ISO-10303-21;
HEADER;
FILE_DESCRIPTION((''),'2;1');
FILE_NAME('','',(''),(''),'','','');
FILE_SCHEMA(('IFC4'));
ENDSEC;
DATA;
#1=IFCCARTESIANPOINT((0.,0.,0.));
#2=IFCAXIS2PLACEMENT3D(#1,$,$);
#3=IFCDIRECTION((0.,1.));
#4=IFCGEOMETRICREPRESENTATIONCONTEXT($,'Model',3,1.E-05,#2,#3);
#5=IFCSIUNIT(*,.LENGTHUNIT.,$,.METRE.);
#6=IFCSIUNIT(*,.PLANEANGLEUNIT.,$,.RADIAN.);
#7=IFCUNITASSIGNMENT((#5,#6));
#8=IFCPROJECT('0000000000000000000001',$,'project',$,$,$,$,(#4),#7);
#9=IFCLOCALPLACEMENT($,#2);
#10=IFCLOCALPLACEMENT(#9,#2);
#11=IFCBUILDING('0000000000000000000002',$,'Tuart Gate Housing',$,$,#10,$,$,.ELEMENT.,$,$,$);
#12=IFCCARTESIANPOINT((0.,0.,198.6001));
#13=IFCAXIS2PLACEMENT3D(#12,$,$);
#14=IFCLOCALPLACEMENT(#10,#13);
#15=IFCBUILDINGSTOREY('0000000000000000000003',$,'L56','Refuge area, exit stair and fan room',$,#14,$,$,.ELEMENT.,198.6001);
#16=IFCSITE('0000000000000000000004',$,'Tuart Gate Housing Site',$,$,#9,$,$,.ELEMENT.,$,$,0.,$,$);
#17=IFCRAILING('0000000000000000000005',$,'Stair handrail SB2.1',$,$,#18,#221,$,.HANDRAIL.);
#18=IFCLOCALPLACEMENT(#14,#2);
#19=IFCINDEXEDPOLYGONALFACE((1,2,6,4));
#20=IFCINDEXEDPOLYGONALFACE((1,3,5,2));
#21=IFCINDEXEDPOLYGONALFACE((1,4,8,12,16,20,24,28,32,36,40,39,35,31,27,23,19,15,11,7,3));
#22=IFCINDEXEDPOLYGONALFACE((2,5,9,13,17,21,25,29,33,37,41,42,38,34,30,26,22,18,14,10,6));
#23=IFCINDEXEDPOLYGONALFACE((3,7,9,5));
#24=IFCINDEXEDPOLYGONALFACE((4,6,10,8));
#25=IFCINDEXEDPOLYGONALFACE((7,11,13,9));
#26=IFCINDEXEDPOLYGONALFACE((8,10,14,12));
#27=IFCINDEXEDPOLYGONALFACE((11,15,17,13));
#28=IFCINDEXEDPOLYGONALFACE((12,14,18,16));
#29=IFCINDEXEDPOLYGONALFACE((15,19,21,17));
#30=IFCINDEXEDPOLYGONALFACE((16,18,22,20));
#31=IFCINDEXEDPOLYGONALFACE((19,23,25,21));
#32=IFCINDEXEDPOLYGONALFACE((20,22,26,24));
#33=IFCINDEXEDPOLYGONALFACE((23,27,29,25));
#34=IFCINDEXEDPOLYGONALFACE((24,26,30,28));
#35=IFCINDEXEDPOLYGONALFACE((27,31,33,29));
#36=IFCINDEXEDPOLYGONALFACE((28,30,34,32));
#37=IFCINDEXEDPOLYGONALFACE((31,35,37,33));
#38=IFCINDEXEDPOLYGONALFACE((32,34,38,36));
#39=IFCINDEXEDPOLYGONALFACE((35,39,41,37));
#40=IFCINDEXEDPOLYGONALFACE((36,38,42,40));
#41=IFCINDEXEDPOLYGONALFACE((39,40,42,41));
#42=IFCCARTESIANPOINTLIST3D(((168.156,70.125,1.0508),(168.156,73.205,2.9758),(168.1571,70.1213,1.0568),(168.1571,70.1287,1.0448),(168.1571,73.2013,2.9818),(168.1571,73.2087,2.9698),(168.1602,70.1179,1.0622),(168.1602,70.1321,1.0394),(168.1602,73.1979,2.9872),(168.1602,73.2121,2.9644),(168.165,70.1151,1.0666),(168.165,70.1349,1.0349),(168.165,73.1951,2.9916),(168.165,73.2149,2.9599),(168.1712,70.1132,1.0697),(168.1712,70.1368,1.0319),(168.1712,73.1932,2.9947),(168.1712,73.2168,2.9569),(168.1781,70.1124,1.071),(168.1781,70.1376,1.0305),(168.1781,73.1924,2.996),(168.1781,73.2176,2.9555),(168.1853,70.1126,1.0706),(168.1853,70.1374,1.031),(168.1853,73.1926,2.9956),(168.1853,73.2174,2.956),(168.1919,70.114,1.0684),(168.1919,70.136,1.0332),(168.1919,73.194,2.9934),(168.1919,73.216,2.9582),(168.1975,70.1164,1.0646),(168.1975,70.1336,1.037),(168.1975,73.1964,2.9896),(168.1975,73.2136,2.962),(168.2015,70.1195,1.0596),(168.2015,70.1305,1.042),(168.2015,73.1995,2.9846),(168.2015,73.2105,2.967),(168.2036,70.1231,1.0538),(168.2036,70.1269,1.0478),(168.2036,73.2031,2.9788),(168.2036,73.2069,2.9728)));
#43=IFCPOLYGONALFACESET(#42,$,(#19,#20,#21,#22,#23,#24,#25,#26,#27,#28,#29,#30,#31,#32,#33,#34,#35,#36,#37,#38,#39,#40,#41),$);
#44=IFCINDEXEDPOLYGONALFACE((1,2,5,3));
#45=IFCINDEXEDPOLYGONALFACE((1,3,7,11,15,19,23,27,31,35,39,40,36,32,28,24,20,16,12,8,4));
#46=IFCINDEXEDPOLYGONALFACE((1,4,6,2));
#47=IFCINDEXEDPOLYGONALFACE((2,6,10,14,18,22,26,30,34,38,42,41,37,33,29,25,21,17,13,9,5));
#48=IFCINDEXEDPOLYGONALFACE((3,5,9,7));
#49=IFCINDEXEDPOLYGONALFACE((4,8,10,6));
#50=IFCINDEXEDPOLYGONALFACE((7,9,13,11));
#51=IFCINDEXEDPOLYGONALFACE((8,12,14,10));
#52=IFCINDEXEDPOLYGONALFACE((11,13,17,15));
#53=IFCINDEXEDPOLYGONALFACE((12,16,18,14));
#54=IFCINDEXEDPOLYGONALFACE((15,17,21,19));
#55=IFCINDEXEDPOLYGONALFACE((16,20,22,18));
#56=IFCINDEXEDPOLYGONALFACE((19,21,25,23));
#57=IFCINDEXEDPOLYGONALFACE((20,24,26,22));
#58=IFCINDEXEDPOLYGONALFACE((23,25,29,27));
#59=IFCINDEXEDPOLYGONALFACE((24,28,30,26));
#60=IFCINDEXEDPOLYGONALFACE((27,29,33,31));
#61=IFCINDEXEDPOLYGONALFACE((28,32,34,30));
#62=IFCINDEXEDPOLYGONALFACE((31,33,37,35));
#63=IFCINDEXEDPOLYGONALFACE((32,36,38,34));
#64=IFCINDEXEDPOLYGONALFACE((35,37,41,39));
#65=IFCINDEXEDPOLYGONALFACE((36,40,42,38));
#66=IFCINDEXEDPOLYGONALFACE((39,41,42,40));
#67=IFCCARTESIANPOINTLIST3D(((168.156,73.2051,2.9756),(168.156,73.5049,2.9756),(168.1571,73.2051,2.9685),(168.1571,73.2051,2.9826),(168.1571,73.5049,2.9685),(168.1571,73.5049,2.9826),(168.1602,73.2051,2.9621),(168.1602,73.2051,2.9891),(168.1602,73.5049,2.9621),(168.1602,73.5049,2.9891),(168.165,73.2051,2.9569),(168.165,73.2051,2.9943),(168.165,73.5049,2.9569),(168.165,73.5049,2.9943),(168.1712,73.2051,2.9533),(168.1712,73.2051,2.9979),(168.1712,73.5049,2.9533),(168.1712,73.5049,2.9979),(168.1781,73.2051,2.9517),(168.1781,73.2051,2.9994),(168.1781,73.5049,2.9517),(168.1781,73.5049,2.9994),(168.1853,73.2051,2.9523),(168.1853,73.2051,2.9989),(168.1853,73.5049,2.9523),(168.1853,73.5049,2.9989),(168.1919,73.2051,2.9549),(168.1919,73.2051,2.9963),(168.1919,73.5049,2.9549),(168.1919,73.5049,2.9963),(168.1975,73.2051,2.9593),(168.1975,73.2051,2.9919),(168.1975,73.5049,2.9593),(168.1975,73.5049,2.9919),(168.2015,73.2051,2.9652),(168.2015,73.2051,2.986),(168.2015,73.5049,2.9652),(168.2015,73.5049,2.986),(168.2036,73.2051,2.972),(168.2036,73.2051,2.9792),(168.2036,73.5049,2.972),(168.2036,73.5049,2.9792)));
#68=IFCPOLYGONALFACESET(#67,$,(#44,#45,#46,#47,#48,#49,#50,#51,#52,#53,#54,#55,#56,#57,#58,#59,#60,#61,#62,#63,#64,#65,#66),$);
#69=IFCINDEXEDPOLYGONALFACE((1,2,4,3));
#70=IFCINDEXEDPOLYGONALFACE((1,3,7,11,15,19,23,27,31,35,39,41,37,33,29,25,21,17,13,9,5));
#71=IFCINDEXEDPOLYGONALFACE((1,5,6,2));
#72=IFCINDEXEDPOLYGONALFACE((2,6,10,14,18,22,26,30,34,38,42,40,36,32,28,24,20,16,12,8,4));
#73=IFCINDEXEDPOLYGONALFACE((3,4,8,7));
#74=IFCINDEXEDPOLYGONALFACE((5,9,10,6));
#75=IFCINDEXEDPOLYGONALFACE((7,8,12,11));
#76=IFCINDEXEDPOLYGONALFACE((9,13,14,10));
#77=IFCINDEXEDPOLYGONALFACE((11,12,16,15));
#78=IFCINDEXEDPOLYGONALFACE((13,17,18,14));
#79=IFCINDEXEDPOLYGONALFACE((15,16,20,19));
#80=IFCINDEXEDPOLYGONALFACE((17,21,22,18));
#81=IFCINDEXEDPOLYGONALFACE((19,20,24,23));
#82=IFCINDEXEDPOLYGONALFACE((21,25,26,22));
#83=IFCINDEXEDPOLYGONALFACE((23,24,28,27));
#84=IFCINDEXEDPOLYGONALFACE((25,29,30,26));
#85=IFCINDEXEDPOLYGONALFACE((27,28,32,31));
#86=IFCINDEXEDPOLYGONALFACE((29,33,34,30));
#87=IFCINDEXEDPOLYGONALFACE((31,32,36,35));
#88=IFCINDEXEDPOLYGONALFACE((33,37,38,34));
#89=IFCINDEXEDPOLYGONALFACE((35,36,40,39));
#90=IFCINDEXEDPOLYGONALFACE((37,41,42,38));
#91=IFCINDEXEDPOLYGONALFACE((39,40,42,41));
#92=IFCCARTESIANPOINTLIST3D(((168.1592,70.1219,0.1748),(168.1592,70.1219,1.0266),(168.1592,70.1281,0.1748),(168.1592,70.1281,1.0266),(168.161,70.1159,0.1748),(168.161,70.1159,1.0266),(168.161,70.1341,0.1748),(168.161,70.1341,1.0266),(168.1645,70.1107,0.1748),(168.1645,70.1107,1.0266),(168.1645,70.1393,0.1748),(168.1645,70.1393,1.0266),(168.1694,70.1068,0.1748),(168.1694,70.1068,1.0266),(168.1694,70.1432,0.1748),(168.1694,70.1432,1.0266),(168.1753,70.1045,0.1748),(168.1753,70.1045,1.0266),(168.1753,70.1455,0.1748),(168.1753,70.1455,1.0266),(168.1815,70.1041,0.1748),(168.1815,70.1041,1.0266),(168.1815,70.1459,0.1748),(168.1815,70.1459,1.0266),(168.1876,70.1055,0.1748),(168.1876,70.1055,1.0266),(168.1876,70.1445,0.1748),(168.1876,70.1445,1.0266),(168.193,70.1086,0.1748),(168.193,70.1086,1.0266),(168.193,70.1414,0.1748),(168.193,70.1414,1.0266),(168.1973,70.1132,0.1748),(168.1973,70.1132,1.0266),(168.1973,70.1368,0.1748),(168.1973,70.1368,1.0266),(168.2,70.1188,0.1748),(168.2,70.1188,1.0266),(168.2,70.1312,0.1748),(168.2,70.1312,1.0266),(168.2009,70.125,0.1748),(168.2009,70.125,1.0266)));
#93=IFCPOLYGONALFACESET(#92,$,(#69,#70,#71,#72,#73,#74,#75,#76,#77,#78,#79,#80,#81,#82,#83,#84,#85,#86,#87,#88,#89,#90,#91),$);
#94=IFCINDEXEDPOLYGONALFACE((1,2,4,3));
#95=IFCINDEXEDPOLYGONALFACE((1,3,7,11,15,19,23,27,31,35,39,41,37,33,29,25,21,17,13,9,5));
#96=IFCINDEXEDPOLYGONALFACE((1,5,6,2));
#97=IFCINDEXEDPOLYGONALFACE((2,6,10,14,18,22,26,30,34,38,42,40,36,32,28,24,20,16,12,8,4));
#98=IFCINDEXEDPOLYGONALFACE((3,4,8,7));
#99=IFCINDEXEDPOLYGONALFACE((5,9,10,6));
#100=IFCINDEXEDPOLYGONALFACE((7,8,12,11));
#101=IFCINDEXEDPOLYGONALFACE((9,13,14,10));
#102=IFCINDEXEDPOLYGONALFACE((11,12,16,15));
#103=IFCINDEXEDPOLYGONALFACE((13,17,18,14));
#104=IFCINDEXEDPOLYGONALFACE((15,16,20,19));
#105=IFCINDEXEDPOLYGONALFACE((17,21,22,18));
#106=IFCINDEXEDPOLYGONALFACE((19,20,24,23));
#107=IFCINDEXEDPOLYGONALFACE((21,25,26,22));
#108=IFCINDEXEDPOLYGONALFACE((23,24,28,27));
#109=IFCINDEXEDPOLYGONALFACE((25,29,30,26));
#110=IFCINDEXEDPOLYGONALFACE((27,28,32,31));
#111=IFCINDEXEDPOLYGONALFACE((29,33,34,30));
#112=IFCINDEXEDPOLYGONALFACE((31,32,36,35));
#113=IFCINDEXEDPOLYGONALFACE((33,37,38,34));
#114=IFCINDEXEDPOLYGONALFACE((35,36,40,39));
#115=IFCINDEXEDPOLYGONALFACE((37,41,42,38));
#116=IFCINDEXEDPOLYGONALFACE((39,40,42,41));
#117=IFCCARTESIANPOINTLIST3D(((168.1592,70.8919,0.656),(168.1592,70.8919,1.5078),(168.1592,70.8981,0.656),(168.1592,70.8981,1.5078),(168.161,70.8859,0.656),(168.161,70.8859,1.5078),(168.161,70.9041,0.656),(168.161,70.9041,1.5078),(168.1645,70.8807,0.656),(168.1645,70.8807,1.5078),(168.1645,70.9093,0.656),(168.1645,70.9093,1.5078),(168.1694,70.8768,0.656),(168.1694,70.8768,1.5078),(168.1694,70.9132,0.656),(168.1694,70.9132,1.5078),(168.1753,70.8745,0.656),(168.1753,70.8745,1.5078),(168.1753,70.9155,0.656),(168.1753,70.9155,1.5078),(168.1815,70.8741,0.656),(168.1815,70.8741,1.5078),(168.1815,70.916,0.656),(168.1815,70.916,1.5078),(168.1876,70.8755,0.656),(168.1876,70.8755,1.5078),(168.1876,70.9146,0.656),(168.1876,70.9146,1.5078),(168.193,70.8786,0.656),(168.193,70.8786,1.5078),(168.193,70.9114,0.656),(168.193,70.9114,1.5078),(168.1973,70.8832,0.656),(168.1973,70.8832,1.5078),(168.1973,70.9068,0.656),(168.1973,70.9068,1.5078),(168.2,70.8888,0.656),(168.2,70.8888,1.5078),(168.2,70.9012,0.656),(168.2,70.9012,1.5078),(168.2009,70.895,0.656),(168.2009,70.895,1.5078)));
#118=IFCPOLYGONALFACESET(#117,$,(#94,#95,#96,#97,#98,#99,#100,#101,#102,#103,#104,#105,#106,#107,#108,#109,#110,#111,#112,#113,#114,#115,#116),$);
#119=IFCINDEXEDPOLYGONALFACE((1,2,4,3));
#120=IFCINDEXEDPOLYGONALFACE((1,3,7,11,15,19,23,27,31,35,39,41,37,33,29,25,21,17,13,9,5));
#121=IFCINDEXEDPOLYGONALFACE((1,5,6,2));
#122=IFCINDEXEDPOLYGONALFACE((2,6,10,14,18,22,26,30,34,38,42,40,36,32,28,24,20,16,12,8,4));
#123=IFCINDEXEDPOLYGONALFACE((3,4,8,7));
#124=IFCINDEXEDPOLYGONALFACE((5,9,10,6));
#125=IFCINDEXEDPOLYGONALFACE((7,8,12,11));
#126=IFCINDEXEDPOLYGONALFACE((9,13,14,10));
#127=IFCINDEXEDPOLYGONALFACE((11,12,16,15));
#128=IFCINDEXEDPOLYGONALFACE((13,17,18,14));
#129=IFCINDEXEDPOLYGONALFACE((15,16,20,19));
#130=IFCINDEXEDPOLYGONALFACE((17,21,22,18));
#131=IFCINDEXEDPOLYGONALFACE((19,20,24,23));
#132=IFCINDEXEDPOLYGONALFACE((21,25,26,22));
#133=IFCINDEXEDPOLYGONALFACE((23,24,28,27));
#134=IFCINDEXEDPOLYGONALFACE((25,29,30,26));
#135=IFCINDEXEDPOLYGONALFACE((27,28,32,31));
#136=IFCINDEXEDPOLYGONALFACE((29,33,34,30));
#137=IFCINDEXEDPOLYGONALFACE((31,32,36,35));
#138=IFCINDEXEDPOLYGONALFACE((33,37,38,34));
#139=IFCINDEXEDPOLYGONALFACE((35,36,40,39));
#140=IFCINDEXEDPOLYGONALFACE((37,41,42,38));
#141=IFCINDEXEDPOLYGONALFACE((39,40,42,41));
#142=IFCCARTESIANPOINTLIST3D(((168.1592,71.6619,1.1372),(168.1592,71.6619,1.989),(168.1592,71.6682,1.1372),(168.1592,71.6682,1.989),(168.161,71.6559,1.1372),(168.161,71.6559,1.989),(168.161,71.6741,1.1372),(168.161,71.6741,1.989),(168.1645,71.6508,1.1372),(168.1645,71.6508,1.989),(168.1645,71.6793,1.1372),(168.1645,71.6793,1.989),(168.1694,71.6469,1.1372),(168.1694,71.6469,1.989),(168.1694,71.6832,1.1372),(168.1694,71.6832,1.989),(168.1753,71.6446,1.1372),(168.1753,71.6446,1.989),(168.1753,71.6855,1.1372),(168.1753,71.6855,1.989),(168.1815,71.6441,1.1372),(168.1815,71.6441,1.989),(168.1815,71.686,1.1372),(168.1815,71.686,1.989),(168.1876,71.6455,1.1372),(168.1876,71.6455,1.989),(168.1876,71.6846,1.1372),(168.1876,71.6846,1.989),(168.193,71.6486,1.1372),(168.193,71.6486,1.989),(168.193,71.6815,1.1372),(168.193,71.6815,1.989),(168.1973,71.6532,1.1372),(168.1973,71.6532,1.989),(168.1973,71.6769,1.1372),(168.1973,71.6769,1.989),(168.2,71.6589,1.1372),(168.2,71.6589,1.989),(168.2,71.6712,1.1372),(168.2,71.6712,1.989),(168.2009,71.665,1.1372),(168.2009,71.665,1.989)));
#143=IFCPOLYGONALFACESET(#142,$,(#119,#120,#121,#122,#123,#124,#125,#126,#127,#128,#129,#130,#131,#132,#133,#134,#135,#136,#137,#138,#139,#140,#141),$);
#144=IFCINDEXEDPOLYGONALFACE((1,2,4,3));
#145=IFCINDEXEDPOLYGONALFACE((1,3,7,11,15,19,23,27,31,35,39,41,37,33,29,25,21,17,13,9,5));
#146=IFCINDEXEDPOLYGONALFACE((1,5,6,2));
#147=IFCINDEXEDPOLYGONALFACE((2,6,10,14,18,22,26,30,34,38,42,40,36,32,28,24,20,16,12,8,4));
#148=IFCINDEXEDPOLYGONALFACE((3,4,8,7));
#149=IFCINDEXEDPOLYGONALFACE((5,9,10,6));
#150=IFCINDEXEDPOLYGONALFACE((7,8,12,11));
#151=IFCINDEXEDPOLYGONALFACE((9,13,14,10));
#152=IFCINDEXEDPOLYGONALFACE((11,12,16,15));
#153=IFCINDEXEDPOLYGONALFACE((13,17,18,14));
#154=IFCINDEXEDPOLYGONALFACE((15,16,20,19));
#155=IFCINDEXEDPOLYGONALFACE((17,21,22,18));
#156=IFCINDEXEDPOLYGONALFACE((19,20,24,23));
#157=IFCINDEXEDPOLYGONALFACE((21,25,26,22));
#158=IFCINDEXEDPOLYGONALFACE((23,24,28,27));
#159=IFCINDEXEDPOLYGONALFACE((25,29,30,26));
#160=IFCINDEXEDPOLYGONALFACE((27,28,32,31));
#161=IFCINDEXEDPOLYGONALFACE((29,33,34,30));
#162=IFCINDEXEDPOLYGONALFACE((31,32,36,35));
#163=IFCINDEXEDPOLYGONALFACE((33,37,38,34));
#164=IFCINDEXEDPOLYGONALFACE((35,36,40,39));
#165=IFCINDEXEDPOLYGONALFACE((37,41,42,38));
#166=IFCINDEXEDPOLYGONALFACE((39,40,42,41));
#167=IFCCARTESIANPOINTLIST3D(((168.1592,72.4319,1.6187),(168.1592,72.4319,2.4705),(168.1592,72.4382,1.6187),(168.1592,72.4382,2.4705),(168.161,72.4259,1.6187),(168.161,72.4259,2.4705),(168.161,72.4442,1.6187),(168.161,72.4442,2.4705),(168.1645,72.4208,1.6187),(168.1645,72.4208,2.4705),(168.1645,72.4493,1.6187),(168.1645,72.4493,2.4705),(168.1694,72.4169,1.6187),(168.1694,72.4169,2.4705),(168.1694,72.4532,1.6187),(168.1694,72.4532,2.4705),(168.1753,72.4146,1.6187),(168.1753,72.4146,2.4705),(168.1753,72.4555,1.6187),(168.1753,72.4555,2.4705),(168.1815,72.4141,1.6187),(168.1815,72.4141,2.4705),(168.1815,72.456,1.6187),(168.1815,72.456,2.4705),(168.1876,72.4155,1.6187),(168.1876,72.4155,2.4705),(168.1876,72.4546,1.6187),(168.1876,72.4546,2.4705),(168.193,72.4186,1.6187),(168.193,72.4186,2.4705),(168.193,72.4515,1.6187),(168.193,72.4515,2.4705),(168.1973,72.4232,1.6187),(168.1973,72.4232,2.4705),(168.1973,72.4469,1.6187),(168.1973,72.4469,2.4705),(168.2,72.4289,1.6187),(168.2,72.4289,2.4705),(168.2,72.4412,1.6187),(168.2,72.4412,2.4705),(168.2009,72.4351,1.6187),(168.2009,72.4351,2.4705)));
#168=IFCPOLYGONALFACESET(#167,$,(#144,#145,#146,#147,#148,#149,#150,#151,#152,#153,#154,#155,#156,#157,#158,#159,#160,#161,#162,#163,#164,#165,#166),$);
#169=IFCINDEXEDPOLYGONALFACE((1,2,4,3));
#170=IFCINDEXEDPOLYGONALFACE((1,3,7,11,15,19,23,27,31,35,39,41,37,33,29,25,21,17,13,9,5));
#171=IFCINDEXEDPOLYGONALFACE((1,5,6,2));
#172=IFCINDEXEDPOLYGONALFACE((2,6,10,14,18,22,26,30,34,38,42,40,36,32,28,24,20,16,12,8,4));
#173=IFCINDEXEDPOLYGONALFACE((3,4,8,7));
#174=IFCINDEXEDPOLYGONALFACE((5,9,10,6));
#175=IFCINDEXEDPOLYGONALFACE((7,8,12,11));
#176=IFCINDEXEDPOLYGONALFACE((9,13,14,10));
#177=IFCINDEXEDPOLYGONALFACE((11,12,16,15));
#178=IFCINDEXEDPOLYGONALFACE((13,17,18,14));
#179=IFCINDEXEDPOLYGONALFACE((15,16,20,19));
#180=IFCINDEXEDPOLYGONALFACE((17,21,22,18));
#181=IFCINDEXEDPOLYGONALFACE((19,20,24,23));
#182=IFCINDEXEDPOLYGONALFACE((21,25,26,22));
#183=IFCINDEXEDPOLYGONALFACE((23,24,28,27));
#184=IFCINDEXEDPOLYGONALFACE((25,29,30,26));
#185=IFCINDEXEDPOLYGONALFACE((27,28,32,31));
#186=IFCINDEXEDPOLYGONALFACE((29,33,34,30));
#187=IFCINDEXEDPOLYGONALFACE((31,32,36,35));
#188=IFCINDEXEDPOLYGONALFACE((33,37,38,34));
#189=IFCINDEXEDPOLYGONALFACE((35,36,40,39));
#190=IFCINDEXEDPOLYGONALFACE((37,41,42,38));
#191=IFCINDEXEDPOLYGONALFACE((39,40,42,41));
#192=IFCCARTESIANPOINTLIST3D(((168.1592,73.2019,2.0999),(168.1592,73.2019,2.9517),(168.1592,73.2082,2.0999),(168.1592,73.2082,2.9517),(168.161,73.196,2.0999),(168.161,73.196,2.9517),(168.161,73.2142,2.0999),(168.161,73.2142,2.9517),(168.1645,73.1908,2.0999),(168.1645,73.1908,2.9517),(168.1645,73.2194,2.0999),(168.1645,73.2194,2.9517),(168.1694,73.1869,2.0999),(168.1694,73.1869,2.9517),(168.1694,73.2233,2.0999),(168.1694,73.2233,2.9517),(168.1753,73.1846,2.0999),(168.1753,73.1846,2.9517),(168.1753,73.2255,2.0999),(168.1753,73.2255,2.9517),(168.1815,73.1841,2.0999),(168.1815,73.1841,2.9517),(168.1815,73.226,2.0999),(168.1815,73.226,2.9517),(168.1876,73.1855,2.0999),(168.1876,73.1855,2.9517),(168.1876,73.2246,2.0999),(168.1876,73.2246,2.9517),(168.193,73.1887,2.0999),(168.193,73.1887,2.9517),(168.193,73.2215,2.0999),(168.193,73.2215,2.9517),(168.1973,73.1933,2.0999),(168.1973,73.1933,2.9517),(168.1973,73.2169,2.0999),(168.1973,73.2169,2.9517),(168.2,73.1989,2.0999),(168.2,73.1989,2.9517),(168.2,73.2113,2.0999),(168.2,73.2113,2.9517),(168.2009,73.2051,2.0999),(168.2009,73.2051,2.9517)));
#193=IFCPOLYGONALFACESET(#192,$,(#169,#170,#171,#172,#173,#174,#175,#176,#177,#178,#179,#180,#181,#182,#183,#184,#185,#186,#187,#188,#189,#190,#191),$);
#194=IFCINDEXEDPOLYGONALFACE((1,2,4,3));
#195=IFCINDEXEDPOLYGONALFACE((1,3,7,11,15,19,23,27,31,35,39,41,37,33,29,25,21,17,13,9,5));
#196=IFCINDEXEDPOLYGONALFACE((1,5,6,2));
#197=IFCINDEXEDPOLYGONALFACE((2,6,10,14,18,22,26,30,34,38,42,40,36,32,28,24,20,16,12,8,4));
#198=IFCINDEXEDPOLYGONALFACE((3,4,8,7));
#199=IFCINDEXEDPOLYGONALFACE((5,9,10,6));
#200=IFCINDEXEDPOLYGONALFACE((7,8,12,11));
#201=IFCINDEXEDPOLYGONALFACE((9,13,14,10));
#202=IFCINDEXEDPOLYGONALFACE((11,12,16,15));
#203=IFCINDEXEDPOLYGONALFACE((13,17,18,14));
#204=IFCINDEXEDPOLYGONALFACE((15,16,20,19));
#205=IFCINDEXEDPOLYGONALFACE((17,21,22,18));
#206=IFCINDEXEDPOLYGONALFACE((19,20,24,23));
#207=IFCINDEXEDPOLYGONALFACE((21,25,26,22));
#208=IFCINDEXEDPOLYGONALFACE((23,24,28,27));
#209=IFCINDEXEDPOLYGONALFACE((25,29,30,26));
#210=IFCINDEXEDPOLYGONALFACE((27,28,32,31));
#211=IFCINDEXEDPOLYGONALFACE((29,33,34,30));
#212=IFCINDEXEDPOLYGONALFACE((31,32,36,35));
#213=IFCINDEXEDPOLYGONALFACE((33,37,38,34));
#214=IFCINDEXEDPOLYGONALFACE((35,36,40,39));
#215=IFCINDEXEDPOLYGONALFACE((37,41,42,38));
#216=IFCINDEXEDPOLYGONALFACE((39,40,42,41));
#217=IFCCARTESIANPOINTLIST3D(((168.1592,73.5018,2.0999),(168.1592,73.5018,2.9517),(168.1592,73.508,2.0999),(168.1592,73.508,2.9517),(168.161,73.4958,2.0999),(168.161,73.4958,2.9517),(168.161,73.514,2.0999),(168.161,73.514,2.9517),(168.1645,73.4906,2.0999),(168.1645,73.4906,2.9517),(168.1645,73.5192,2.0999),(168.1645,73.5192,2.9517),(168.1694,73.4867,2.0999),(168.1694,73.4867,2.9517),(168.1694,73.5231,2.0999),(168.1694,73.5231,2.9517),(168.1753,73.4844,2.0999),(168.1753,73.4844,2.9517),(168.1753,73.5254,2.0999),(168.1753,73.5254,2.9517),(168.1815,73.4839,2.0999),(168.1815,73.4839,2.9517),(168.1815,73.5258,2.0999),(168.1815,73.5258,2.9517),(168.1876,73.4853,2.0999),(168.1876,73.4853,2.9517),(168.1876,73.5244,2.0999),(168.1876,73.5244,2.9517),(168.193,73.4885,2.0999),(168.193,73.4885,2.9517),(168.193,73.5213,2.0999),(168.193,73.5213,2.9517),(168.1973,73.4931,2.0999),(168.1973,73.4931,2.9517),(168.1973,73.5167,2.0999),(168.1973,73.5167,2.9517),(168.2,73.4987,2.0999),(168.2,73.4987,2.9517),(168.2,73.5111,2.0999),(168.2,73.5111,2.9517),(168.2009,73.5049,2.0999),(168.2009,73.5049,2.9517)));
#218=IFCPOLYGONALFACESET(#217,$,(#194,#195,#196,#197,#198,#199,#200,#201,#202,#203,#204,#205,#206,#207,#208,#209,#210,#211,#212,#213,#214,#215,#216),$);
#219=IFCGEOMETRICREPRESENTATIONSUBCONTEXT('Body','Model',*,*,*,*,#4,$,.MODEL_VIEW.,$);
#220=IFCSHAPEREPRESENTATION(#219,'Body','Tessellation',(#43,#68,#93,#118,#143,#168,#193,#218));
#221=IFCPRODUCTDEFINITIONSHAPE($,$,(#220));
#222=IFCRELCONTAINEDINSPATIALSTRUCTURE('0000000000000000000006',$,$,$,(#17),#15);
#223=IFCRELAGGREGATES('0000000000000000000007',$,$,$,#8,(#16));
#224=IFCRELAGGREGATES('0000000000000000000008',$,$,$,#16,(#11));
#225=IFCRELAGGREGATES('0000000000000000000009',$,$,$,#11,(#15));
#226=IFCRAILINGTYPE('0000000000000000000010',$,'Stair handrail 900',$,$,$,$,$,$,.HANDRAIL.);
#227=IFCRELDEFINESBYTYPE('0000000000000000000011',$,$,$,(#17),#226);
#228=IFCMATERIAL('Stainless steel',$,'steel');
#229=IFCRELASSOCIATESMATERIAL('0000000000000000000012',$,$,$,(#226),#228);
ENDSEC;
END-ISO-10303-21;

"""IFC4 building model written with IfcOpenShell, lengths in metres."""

from ifc_helpers import new_model, si_unit, direction, frame, origin, origin_2d, place, context, subcontext, project, spatial, circle, extrude, material, type_object, element, save


model = new_model("IFC4")

# Units and contexts
model_context = context("Model", 3, precision=1e-05, world=origin(), true_north=direction((0.0, 1.0)))
body_context = subcontext(model_context, "Body", "Model", "MODEL_VIEW")
ifc_project = project(units=[si_unit("LENGTHUNIT", "METRE"), si_unit("PLANEANGLEUNIT", "RADIAN")], contexts=[model_context])

# Site, building, storey
site_placement = place(None, origin())
site = spatial("IfcSite", under=ifc_project, at=site_placement, Name="Tuart Gate Housing Site", CompositionType="ELEMENT", RefElevation=0.0)
building_placement = place(site_placement, origin())
building = spatial("IfcBuilding", under=site, at=building_placement, Name="Tuart Gate Housing", CompositionType="ELEMENT")
storey_placement = place(building_placement, frame((0.0, 0.0, 198.6001)))
storey = spatial("IfcBuildingStorey", under=building, at=storey_placement, Name="L56", Description="Refuge area, exit stair and fan room", CompositionType="ELEMENT", Elevation=198.6001)

# Railing
ifc_material_1 = material(Name="Stainless steel", Category="steel")
railing_type = type_object("IfcRailingType", Name="Stair handrail 900", PredefinedType="HANDRAIL", material=ifc_material_1)
railing_placement = place(storey_placement, frame((168.1799, 70.125, 0.1748)))
element("IfcRailing", 1, at=railing_placement, inside=storey, type_object=railing_type, Name="Stair handrail SB2.1", PredefinedType="HANDRAIL", context=body_context, shape_type="SweptSolid", body=[
    extrude(circle(Radius=0.0239, at=origin_2d()), frame((0.0, 0.0, 0.876), z_axis=(0.0, 0.847998, 0.529999), x_axis=(-1.0, 0.0, 0.0)), (0.0, 0.0, 1.0), 3.6321),
    extrude(circle(Radius=0.0239, at=origin_2d()), frame((0.0, 3.0801, 2.8008), z_axis=(0.0, 1.0, 0.0), x_axis=(-1.0, 0.0, 0.0)), (0.0, 0.0, 1.0), 0.2998),
    extrude(circle(Radius=0.021, at=origin_2d()), origin(), (0.0, 0.0, 1.0), 0.8518),
    extrude(circle(Radius=0.021, at=origin_2d()), frame((0.0, 0.77, 0.4812)), (0.0, 0.0, 1.0), 0.8518),
    extrude(circle(Radius=0.021, at=origin_2d()), frame((0.0, 1.54, 0.9624)), (0.0, 0.0, 1.0), 0.8518),
    extrude(circle(Radius=0.021, at=origin_2d()), frame((0.0, 2.3101, 1.4438)), (0.0, 0.0, 1.0), 0.8518),
    extrude(circle(Radius=0.021, at=origin_2d()), frame((0.0, 3.0801, 1.925)), (0.0, 0.0, 1.0), 0.8518),
    extrude(circle(Radius=0.021, at=origin_2d()), frame((0.0, 3.3799, 1.925)), (0.0, 0.0, 1.0), 0.8518),
])

save(model, "model.ifc")
